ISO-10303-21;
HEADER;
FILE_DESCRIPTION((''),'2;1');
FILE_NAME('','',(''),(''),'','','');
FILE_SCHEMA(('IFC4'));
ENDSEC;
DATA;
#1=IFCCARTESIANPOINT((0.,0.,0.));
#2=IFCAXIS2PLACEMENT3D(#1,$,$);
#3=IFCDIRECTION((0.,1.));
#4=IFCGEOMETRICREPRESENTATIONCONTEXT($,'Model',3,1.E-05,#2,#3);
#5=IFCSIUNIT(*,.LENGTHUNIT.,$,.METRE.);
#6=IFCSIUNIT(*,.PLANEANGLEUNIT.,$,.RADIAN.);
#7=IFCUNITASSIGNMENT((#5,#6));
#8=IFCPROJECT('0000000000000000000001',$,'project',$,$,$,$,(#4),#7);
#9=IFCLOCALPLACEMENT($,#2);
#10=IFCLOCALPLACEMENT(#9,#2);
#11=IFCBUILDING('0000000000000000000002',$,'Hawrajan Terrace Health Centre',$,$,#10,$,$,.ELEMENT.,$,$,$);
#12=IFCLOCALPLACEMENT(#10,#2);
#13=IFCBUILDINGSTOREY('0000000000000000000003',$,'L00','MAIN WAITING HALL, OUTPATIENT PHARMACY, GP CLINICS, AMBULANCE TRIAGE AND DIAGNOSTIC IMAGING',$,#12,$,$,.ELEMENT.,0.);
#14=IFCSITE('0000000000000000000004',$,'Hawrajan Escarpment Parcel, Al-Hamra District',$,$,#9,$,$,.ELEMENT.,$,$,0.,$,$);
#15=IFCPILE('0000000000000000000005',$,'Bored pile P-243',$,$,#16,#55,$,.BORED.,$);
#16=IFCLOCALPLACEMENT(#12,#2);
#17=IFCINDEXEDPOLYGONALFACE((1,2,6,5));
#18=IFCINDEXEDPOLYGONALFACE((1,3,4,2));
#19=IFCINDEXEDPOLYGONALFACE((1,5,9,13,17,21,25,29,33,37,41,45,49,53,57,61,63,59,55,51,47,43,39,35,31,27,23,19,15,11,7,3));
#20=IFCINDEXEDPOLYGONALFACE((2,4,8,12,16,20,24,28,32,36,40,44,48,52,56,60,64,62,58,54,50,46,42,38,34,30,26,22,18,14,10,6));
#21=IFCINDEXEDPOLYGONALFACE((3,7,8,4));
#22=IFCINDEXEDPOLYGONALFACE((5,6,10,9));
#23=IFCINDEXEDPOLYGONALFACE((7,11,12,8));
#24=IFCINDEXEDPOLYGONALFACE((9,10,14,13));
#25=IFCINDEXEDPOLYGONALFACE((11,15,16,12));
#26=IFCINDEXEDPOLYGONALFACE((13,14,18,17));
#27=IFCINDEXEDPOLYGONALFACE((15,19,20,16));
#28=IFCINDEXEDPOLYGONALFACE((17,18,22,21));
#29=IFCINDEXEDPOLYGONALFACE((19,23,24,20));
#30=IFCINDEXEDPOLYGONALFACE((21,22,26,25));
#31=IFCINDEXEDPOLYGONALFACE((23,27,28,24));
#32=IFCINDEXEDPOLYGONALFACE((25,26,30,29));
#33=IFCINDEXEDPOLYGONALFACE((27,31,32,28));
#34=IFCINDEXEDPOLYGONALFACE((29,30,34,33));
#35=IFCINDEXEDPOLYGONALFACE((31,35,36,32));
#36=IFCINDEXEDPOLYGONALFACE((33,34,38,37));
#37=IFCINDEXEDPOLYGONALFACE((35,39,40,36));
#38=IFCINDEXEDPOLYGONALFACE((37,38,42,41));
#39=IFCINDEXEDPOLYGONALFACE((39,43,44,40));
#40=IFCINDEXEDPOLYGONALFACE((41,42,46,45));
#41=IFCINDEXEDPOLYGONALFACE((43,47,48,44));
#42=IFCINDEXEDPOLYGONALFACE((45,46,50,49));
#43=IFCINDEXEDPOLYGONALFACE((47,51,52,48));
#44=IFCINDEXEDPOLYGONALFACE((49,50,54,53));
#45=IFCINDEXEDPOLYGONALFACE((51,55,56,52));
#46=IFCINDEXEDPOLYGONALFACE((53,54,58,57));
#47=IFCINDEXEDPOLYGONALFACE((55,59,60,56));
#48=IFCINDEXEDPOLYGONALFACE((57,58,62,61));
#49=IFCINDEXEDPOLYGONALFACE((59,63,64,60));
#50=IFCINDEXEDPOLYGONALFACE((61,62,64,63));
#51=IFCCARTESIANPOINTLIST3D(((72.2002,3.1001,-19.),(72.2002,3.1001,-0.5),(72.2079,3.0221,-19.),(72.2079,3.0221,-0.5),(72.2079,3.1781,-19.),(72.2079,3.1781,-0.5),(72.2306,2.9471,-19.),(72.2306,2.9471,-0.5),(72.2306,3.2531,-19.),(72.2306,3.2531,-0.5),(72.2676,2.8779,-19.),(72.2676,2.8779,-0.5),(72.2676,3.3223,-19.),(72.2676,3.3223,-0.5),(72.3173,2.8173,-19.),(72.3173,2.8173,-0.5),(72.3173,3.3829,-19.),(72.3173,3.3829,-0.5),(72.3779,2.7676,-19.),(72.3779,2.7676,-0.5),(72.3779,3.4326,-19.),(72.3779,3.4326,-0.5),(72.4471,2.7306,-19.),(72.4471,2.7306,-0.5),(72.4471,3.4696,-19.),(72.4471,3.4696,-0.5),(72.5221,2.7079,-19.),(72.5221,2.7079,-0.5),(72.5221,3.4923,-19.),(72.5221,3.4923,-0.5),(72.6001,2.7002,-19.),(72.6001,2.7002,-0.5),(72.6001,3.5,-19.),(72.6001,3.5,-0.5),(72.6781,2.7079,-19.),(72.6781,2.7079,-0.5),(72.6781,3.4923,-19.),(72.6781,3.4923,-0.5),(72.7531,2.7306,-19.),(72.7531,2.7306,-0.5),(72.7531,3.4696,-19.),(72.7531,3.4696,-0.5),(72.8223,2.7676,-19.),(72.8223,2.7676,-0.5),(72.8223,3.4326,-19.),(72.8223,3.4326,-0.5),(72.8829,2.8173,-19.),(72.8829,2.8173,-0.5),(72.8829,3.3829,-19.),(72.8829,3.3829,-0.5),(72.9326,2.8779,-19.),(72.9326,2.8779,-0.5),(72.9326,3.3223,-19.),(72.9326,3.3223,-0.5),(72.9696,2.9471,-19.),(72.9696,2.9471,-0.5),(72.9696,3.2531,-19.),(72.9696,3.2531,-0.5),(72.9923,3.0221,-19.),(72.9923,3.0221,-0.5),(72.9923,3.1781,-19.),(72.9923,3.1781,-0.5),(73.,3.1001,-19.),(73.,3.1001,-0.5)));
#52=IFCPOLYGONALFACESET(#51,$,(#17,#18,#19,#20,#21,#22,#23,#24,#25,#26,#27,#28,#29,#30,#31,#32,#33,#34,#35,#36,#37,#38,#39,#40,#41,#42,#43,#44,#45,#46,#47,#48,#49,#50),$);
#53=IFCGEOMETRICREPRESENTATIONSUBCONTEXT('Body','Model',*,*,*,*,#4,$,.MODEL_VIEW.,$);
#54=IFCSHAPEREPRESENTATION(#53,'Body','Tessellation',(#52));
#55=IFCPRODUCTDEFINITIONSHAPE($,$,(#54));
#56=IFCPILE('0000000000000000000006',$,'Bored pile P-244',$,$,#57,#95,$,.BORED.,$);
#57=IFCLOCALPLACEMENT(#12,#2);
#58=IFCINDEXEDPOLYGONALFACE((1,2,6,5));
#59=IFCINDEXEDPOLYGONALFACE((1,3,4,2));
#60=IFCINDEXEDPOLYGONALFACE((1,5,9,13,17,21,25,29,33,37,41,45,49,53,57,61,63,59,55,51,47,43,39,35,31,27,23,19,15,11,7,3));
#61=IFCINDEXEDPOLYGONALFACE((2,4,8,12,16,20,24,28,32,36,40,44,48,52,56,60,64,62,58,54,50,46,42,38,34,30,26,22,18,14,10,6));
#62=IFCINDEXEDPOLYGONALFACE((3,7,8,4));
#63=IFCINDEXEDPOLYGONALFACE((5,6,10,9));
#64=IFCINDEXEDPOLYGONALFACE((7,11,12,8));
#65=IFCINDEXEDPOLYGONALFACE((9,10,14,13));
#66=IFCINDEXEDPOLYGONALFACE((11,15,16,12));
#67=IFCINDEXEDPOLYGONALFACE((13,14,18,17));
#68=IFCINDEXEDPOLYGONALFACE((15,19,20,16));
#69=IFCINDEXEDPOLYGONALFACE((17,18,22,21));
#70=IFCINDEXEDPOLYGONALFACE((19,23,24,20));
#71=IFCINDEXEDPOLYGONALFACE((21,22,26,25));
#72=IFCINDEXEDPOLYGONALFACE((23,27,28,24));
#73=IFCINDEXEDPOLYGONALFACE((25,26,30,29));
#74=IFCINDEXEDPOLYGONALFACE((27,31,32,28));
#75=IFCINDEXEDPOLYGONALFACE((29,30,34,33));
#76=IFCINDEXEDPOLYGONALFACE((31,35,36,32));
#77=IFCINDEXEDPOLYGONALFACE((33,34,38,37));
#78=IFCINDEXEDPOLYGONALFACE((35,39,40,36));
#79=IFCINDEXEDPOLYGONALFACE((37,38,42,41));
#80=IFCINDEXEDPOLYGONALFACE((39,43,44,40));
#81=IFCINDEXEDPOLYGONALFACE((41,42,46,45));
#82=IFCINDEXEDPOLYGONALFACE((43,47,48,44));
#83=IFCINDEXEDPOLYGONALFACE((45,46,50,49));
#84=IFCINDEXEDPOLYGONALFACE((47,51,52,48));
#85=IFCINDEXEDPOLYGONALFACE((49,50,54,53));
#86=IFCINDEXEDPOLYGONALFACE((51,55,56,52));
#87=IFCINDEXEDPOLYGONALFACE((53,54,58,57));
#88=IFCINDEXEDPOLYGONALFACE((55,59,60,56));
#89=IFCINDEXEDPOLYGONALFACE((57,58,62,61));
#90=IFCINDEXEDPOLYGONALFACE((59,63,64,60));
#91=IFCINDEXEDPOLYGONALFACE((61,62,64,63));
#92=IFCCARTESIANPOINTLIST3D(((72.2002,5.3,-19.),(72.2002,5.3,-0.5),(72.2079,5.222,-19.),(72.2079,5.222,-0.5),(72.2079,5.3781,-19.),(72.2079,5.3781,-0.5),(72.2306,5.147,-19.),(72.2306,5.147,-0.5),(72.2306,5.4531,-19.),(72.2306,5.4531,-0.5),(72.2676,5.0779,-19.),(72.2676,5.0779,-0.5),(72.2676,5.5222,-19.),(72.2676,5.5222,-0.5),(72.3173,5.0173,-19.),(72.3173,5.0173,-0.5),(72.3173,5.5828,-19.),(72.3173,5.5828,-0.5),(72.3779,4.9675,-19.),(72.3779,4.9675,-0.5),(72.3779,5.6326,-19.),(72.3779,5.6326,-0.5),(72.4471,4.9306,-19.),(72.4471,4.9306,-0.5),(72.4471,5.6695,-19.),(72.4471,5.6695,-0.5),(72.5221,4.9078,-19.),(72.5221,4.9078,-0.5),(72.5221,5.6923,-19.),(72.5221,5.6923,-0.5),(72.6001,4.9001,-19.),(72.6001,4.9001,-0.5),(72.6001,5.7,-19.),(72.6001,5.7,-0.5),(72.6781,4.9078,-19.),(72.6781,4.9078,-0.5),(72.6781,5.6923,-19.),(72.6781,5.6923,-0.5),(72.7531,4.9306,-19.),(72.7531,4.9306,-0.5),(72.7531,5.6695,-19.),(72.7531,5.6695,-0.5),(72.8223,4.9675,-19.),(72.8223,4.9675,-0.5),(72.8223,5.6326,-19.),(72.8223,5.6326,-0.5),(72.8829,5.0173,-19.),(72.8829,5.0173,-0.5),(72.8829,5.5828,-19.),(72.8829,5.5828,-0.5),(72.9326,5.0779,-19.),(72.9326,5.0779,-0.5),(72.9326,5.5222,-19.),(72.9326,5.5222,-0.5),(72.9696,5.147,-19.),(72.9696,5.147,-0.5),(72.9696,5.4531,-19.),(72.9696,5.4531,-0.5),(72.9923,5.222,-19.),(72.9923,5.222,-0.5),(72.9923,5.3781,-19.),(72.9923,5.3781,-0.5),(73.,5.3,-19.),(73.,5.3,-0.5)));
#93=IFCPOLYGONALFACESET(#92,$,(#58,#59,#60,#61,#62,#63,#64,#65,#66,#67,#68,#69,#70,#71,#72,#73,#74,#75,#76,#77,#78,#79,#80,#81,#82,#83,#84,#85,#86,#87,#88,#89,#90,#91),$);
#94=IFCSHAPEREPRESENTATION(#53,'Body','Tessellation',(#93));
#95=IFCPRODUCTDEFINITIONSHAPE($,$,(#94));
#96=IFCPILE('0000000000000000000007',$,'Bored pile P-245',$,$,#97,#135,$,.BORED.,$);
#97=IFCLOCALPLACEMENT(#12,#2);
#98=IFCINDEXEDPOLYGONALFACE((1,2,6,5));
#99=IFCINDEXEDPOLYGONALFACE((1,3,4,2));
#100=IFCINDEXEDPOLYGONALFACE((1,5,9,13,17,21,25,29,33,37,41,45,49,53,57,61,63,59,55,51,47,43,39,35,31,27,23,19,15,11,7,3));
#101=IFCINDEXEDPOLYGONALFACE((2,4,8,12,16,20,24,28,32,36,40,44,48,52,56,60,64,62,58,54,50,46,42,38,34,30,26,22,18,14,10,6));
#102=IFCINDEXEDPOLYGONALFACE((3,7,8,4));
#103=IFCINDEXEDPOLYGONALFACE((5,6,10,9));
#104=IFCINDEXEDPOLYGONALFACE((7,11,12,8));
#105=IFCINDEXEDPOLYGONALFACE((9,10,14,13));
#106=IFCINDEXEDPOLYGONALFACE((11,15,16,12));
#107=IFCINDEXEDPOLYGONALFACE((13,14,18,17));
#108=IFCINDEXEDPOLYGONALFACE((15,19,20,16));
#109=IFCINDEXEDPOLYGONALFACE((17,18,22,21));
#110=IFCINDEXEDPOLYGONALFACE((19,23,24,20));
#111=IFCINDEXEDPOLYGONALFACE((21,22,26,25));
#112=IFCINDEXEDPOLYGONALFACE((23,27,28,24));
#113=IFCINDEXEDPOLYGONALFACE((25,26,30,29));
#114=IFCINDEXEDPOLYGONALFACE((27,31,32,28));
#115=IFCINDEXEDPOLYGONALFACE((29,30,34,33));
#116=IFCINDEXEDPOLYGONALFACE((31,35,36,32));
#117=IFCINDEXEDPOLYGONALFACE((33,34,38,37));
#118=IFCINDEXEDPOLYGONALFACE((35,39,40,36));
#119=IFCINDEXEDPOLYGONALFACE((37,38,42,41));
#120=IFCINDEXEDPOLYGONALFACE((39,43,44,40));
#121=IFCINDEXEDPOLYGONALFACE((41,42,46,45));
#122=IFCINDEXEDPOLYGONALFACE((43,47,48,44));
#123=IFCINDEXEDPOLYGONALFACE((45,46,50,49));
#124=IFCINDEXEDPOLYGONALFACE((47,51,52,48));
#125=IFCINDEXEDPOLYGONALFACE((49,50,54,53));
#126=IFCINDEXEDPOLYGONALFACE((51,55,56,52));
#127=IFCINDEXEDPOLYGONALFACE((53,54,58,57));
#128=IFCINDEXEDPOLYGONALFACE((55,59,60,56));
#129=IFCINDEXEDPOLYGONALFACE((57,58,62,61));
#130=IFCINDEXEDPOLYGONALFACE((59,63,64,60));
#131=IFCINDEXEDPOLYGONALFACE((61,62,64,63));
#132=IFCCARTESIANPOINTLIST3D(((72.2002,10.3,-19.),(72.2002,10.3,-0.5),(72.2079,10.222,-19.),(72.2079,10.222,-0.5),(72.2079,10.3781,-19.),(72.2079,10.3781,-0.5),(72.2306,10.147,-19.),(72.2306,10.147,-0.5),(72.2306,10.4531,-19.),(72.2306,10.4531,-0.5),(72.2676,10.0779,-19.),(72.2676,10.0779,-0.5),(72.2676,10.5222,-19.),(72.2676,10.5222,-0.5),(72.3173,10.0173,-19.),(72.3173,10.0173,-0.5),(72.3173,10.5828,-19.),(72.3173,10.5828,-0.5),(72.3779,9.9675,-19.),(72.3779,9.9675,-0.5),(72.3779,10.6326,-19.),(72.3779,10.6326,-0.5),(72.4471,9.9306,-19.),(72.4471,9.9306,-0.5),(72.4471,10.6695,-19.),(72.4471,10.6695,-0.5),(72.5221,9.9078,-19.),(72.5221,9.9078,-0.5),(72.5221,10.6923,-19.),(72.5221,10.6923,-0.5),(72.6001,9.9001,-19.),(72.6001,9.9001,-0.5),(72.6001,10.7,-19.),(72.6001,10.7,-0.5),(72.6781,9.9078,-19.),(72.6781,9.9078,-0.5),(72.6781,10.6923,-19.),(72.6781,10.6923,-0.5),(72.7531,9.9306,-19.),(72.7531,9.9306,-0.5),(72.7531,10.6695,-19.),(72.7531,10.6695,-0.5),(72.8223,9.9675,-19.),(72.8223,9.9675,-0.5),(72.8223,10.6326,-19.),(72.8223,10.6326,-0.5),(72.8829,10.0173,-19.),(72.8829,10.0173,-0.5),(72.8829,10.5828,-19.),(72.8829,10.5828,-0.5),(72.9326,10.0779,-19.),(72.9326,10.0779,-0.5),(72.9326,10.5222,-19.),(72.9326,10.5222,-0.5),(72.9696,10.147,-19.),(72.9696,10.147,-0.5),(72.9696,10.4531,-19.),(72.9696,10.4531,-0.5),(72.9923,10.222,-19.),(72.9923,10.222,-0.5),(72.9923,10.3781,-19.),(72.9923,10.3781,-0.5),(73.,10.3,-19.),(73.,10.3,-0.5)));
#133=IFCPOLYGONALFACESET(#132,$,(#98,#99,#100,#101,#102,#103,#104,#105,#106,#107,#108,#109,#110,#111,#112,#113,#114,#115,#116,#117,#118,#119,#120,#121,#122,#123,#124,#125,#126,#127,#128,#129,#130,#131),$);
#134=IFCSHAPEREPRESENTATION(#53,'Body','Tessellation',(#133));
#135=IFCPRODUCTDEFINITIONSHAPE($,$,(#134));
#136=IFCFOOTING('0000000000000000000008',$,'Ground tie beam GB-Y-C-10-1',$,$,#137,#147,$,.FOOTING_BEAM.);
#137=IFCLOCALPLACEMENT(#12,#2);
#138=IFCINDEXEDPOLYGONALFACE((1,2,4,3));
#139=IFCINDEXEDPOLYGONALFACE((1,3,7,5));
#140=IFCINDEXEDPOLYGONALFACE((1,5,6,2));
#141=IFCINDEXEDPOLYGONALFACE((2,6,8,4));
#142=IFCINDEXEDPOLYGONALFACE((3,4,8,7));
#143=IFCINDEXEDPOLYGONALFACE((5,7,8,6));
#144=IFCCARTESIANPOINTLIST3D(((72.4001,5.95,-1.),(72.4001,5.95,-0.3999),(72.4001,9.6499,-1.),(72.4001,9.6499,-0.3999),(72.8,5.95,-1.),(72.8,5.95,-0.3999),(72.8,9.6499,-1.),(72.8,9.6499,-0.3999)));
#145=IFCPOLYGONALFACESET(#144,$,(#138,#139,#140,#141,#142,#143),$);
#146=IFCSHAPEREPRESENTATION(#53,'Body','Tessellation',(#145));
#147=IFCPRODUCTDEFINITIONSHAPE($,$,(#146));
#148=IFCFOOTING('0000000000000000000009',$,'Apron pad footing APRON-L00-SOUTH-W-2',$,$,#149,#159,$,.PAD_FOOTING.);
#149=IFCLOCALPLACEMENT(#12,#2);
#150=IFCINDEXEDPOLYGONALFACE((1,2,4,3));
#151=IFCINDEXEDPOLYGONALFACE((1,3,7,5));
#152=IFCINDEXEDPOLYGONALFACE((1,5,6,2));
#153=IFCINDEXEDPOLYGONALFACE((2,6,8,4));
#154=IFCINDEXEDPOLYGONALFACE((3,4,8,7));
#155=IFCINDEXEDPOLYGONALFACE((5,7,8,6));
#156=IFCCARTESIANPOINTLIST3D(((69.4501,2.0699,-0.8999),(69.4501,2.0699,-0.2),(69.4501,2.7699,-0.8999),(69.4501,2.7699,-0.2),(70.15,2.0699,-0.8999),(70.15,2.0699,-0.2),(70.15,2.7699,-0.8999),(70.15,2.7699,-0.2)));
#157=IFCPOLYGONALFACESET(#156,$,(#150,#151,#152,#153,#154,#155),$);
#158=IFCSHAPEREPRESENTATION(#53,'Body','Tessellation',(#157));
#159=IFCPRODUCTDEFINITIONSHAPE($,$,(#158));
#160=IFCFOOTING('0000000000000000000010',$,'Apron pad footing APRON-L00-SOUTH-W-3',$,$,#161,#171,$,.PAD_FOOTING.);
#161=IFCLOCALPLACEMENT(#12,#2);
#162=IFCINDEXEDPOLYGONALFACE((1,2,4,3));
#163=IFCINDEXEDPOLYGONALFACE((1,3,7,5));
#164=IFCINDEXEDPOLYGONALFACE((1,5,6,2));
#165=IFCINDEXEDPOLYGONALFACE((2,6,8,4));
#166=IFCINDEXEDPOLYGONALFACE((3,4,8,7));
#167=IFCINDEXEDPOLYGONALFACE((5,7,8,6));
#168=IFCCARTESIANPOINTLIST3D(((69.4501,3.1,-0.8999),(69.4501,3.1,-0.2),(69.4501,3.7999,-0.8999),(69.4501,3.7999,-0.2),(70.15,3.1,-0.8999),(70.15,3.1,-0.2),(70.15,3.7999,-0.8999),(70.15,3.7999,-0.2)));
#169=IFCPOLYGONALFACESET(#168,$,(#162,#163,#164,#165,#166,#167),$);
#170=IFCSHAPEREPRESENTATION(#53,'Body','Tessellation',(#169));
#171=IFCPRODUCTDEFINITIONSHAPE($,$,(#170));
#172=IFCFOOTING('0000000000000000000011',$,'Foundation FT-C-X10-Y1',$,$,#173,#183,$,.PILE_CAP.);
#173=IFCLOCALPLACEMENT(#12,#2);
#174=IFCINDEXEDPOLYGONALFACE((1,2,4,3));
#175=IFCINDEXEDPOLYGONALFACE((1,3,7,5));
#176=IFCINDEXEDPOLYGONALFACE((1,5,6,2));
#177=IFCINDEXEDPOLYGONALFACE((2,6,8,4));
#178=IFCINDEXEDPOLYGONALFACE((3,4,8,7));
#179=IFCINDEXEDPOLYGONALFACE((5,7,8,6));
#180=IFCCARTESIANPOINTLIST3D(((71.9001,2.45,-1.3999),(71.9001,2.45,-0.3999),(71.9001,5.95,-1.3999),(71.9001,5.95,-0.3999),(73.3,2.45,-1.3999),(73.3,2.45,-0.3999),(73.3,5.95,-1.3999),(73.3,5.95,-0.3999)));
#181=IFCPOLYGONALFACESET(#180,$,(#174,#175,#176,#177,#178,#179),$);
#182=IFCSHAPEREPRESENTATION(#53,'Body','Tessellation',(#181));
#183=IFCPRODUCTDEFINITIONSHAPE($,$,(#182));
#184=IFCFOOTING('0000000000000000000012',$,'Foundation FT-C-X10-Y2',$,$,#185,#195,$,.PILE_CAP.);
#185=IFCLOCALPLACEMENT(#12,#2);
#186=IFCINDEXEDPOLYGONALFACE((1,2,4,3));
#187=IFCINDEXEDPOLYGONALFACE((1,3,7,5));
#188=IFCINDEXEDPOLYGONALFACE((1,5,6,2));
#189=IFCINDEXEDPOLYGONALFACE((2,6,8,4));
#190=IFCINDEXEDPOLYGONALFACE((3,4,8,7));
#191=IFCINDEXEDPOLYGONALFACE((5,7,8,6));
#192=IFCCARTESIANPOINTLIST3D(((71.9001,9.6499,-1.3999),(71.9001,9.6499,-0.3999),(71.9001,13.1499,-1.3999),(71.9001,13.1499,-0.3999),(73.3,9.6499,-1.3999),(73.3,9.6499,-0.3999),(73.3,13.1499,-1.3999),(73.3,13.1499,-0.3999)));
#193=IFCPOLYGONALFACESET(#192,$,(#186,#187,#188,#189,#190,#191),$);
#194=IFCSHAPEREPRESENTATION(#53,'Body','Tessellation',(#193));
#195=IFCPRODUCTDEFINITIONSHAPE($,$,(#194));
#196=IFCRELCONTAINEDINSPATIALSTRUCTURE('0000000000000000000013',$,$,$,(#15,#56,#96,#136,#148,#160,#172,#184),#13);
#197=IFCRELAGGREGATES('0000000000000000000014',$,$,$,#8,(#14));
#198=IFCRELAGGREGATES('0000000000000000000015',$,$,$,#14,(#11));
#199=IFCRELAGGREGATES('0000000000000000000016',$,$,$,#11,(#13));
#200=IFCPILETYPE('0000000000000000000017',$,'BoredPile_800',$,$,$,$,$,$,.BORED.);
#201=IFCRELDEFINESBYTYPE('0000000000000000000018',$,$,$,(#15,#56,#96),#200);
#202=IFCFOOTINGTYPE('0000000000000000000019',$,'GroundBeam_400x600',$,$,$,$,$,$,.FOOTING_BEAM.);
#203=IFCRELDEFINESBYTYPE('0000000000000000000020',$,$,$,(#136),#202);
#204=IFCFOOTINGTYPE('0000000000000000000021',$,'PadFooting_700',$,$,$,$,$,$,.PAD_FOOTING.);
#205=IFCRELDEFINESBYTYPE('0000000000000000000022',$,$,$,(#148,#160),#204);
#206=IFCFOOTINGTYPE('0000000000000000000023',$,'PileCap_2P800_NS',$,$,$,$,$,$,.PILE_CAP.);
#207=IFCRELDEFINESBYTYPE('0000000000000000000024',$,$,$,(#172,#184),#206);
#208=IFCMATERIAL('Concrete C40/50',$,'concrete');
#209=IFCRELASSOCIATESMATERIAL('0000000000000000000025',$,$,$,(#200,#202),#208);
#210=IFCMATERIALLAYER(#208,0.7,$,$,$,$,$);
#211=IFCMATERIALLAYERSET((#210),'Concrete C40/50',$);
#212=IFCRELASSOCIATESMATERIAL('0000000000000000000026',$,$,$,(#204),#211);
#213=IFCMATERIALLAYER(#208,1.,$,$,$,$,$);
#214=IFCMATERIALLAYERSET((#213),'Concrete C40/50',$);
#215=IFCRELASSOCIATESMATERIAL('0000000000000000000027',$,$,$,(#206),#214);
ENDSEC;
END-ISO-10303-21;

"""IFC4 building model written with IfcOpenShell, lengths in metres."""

from ifc_helpers import new_model, si_unit, direction, frame, origin, origin_2d, place, context, subcontext, project, spatial, rectangle, circle, extrude, material, layer, layer_set, material_profile, profile_set, type_object, element, save


model = new_model("IFC4")

# Units and contexts
model_context = context("Model", 3, precision=1e-05, world=origin(), true_north=direction((0.0, 1.0)))
body_context = subcontext(model_context, "Body", "Model", "MODEL_VIEW")
ifc_project = project(units=[si_unit("LENGTHUNIT", "METRE"), si_unit("PLANEANGLEUNIT", "RADIAN")], contexts=[model_context])

# Site, building, storey
site_placement = place(None, origin())
site = spatial("IfcSite", under=ifc_project, at=site_placement, Name="Hawrajan Escarpment Parcel, Al-Hamra District", CompositionType="ELEMENT", RefElevation=0.0)
building_placement = place(site_placement, origin())
building = spatial("IfcBuilding", under=site, at=building_placement, Name="Hawrajan Terrace Health Centre", CompositionType="ELEMENT")
storey_placement = place(building_placement, origin())
storey = spatial("IfcBuildingStorey", under=building, at=storey_placement, Name="L00", Description="MAIN WAITING HALL, OUTPATIENT PHARMACY, GP CLINICS, AMBULANCE TRIAGE AND DIAGNOSTIC IMAGING", CompositionType="ELEMENT", Elevation=0.0)

# Piles
ifc_material_1 = material(Name="Concrete C40/50", Category="concrete")
ifc_material_profile_1 = material_profile(ifc_material_1, circle(Radius=0.3999, at=origin_2d()), Name="BP 800")
ifc_profile_set_1 = profile_set([ifc_material_profile_1], Name="Concrete C40/50")
pile_type = type_object("IfcPileType", Name="BoredPile_800", PredefinedType="BORED", material=ifc_profile_set_1)
for number, where, z_axis, x_axis, name in (
    (1, (72.6001, 3.1001, -0.5), (0.0, 0.0, -1.0), (1.0, 0.0, 0.0), "Bored pile P-243"),
    (2, (72.6001, 5.3, -0.5), (0.0, 0.0, -1.0), (1.0, 0.0, 0.0), "Bored pile P-244"),
    (3, (72.6001, 10.3, -0.5), (0.0, 0.0, -1.0), (1.0, 0.0, 0.0), "Bored pile P-245"),
):
    element("IfcPile", number, at=place(storey_placement, frame(where, z_axis=z_axis, x_axis=x_axis)), inside=storey, type_object=pile_type, Name=name, PredefinedType="BORED", context=body_context, shape_type="SweptSolid", body=[
        extrude(circle(Radius=0.3999, at=origin_2d()), origin(), (0.0, 0.0, 1.0), 18.5),
    ])

# Footings
ifc_material_profile_2 = material_profile(ifc_material_1, rectangle(XDim=0.3999, YDim=0.6001, at=origin_2d()), Name="RC BM 400x600")
ifc_profile_set_2 = profile_set([ifc_material_profile_2], Name="Concrete C40/50")
footing_type_1 = type_object("IfcFootingType", Name="GroundBeam_400x600", PredefinedType="FOOTING_BEAM", material=ifc_profile_set_2)
footing_placement = place(storey_placement, frame((72.6001, 5.95, -0.7), z_axis=(0.0, 1.0, 0.0), x_axis=(-1.0, 0.0, 0.0)))
element("IfcFooting", 4, at=footing_placement, inside=storey, type_object=footing_type_1, Name="Ground tie beam GB-Y-C-10-1", PredefinedType="FOOTING_BEAM", context=body_context, shape_type="SweptSolid", body=[
    extrude(rectangle(XDim=0.3999, YDim=0.6001, at=origin_2d()), origin(), (0.0, 0.0, 1.0), 3.7),
])
ifc_layer_1 = layer(ifc_material_1, 0.7)
ifc_layer_set_1 = layer_set([ifc_layer_1], Name="Concrete C40/50")
footing_type_2 = type_object("IfcFootingType", Name="PadFooting_700", PredefinedType="PAD_FOOTING", material=ifc_layer_set_1)
for number, where, z_axis, x_axis, name in (
    (5, (69.8, 2.4199, -0.8999), (0.0, 0.0, 1.0), (1.0, 0.0, 0.0), "Apron pad footing APRON-L00-SOUTH-W-2"),
    (6, (69.8, 3.45, -0.8999), (0.0, 0.0, 1.0), (1.0, 0.0, 0.0), "Apron pad footing APRON-L00-SOUTH-W-3"),
):
    element("IfcFooting", number, at=place(storey_placement, frame(where, z_axis=z_axis, x_axis=x_axis)), inside=storey, type_object=footing_type_2, Name=name, PredefinedType="PAD_FOOTING", context=body_context, shape_type="SweptSolid", body=[
        extrude(rectangle(XDim=0.7, YDim=0.7, at=origin_2d()), origin(), (0.0, 0.0, 1.0), 0.7),
    ])
ifc_layer_2 = layer(ifc_material_1, 1.0)
ifc_layer_set_2 = layer_set([ifc_layer_2], Name="Concrete C40/50")
footing_type_3 = type_object("IfcFootingType", Name="PileCap_2P800_NS", PredefinedType="PILE_CAP", material=ifc_layer_set_2)
for number, where, z_axis, x_axis, name in (
    (7, (72.6001, 4.2, -1.3999), (0.0, 0.0, 1.0), (1.0, 0.0, 0.0), "Foundation FT-C-X10-Y1"),
    (8, (72.6001, 11.3999, -1.3999), (0.0, 0.0, 1.0), (1.0, 0.0, 0.0), "Foundation FT-C-X10-Y2"),
):
    element("IfcFooting", number, at=place(storey_placement, frame(where, z_axis=z_axis, x_axis=x_axis)), inside=storey, type_object=footing_type_3, Name=name, PredefinedType="PILE_CAP", context=body_context, shape_type="SweptSolid", body=[
        extrude(rectangle(XDim=1.3999, YDim=3.5, at=origin_2d()), origin(), (0.0, 0.0, 1.0), 1.0),
    ])

save(model, "model.ifc")
